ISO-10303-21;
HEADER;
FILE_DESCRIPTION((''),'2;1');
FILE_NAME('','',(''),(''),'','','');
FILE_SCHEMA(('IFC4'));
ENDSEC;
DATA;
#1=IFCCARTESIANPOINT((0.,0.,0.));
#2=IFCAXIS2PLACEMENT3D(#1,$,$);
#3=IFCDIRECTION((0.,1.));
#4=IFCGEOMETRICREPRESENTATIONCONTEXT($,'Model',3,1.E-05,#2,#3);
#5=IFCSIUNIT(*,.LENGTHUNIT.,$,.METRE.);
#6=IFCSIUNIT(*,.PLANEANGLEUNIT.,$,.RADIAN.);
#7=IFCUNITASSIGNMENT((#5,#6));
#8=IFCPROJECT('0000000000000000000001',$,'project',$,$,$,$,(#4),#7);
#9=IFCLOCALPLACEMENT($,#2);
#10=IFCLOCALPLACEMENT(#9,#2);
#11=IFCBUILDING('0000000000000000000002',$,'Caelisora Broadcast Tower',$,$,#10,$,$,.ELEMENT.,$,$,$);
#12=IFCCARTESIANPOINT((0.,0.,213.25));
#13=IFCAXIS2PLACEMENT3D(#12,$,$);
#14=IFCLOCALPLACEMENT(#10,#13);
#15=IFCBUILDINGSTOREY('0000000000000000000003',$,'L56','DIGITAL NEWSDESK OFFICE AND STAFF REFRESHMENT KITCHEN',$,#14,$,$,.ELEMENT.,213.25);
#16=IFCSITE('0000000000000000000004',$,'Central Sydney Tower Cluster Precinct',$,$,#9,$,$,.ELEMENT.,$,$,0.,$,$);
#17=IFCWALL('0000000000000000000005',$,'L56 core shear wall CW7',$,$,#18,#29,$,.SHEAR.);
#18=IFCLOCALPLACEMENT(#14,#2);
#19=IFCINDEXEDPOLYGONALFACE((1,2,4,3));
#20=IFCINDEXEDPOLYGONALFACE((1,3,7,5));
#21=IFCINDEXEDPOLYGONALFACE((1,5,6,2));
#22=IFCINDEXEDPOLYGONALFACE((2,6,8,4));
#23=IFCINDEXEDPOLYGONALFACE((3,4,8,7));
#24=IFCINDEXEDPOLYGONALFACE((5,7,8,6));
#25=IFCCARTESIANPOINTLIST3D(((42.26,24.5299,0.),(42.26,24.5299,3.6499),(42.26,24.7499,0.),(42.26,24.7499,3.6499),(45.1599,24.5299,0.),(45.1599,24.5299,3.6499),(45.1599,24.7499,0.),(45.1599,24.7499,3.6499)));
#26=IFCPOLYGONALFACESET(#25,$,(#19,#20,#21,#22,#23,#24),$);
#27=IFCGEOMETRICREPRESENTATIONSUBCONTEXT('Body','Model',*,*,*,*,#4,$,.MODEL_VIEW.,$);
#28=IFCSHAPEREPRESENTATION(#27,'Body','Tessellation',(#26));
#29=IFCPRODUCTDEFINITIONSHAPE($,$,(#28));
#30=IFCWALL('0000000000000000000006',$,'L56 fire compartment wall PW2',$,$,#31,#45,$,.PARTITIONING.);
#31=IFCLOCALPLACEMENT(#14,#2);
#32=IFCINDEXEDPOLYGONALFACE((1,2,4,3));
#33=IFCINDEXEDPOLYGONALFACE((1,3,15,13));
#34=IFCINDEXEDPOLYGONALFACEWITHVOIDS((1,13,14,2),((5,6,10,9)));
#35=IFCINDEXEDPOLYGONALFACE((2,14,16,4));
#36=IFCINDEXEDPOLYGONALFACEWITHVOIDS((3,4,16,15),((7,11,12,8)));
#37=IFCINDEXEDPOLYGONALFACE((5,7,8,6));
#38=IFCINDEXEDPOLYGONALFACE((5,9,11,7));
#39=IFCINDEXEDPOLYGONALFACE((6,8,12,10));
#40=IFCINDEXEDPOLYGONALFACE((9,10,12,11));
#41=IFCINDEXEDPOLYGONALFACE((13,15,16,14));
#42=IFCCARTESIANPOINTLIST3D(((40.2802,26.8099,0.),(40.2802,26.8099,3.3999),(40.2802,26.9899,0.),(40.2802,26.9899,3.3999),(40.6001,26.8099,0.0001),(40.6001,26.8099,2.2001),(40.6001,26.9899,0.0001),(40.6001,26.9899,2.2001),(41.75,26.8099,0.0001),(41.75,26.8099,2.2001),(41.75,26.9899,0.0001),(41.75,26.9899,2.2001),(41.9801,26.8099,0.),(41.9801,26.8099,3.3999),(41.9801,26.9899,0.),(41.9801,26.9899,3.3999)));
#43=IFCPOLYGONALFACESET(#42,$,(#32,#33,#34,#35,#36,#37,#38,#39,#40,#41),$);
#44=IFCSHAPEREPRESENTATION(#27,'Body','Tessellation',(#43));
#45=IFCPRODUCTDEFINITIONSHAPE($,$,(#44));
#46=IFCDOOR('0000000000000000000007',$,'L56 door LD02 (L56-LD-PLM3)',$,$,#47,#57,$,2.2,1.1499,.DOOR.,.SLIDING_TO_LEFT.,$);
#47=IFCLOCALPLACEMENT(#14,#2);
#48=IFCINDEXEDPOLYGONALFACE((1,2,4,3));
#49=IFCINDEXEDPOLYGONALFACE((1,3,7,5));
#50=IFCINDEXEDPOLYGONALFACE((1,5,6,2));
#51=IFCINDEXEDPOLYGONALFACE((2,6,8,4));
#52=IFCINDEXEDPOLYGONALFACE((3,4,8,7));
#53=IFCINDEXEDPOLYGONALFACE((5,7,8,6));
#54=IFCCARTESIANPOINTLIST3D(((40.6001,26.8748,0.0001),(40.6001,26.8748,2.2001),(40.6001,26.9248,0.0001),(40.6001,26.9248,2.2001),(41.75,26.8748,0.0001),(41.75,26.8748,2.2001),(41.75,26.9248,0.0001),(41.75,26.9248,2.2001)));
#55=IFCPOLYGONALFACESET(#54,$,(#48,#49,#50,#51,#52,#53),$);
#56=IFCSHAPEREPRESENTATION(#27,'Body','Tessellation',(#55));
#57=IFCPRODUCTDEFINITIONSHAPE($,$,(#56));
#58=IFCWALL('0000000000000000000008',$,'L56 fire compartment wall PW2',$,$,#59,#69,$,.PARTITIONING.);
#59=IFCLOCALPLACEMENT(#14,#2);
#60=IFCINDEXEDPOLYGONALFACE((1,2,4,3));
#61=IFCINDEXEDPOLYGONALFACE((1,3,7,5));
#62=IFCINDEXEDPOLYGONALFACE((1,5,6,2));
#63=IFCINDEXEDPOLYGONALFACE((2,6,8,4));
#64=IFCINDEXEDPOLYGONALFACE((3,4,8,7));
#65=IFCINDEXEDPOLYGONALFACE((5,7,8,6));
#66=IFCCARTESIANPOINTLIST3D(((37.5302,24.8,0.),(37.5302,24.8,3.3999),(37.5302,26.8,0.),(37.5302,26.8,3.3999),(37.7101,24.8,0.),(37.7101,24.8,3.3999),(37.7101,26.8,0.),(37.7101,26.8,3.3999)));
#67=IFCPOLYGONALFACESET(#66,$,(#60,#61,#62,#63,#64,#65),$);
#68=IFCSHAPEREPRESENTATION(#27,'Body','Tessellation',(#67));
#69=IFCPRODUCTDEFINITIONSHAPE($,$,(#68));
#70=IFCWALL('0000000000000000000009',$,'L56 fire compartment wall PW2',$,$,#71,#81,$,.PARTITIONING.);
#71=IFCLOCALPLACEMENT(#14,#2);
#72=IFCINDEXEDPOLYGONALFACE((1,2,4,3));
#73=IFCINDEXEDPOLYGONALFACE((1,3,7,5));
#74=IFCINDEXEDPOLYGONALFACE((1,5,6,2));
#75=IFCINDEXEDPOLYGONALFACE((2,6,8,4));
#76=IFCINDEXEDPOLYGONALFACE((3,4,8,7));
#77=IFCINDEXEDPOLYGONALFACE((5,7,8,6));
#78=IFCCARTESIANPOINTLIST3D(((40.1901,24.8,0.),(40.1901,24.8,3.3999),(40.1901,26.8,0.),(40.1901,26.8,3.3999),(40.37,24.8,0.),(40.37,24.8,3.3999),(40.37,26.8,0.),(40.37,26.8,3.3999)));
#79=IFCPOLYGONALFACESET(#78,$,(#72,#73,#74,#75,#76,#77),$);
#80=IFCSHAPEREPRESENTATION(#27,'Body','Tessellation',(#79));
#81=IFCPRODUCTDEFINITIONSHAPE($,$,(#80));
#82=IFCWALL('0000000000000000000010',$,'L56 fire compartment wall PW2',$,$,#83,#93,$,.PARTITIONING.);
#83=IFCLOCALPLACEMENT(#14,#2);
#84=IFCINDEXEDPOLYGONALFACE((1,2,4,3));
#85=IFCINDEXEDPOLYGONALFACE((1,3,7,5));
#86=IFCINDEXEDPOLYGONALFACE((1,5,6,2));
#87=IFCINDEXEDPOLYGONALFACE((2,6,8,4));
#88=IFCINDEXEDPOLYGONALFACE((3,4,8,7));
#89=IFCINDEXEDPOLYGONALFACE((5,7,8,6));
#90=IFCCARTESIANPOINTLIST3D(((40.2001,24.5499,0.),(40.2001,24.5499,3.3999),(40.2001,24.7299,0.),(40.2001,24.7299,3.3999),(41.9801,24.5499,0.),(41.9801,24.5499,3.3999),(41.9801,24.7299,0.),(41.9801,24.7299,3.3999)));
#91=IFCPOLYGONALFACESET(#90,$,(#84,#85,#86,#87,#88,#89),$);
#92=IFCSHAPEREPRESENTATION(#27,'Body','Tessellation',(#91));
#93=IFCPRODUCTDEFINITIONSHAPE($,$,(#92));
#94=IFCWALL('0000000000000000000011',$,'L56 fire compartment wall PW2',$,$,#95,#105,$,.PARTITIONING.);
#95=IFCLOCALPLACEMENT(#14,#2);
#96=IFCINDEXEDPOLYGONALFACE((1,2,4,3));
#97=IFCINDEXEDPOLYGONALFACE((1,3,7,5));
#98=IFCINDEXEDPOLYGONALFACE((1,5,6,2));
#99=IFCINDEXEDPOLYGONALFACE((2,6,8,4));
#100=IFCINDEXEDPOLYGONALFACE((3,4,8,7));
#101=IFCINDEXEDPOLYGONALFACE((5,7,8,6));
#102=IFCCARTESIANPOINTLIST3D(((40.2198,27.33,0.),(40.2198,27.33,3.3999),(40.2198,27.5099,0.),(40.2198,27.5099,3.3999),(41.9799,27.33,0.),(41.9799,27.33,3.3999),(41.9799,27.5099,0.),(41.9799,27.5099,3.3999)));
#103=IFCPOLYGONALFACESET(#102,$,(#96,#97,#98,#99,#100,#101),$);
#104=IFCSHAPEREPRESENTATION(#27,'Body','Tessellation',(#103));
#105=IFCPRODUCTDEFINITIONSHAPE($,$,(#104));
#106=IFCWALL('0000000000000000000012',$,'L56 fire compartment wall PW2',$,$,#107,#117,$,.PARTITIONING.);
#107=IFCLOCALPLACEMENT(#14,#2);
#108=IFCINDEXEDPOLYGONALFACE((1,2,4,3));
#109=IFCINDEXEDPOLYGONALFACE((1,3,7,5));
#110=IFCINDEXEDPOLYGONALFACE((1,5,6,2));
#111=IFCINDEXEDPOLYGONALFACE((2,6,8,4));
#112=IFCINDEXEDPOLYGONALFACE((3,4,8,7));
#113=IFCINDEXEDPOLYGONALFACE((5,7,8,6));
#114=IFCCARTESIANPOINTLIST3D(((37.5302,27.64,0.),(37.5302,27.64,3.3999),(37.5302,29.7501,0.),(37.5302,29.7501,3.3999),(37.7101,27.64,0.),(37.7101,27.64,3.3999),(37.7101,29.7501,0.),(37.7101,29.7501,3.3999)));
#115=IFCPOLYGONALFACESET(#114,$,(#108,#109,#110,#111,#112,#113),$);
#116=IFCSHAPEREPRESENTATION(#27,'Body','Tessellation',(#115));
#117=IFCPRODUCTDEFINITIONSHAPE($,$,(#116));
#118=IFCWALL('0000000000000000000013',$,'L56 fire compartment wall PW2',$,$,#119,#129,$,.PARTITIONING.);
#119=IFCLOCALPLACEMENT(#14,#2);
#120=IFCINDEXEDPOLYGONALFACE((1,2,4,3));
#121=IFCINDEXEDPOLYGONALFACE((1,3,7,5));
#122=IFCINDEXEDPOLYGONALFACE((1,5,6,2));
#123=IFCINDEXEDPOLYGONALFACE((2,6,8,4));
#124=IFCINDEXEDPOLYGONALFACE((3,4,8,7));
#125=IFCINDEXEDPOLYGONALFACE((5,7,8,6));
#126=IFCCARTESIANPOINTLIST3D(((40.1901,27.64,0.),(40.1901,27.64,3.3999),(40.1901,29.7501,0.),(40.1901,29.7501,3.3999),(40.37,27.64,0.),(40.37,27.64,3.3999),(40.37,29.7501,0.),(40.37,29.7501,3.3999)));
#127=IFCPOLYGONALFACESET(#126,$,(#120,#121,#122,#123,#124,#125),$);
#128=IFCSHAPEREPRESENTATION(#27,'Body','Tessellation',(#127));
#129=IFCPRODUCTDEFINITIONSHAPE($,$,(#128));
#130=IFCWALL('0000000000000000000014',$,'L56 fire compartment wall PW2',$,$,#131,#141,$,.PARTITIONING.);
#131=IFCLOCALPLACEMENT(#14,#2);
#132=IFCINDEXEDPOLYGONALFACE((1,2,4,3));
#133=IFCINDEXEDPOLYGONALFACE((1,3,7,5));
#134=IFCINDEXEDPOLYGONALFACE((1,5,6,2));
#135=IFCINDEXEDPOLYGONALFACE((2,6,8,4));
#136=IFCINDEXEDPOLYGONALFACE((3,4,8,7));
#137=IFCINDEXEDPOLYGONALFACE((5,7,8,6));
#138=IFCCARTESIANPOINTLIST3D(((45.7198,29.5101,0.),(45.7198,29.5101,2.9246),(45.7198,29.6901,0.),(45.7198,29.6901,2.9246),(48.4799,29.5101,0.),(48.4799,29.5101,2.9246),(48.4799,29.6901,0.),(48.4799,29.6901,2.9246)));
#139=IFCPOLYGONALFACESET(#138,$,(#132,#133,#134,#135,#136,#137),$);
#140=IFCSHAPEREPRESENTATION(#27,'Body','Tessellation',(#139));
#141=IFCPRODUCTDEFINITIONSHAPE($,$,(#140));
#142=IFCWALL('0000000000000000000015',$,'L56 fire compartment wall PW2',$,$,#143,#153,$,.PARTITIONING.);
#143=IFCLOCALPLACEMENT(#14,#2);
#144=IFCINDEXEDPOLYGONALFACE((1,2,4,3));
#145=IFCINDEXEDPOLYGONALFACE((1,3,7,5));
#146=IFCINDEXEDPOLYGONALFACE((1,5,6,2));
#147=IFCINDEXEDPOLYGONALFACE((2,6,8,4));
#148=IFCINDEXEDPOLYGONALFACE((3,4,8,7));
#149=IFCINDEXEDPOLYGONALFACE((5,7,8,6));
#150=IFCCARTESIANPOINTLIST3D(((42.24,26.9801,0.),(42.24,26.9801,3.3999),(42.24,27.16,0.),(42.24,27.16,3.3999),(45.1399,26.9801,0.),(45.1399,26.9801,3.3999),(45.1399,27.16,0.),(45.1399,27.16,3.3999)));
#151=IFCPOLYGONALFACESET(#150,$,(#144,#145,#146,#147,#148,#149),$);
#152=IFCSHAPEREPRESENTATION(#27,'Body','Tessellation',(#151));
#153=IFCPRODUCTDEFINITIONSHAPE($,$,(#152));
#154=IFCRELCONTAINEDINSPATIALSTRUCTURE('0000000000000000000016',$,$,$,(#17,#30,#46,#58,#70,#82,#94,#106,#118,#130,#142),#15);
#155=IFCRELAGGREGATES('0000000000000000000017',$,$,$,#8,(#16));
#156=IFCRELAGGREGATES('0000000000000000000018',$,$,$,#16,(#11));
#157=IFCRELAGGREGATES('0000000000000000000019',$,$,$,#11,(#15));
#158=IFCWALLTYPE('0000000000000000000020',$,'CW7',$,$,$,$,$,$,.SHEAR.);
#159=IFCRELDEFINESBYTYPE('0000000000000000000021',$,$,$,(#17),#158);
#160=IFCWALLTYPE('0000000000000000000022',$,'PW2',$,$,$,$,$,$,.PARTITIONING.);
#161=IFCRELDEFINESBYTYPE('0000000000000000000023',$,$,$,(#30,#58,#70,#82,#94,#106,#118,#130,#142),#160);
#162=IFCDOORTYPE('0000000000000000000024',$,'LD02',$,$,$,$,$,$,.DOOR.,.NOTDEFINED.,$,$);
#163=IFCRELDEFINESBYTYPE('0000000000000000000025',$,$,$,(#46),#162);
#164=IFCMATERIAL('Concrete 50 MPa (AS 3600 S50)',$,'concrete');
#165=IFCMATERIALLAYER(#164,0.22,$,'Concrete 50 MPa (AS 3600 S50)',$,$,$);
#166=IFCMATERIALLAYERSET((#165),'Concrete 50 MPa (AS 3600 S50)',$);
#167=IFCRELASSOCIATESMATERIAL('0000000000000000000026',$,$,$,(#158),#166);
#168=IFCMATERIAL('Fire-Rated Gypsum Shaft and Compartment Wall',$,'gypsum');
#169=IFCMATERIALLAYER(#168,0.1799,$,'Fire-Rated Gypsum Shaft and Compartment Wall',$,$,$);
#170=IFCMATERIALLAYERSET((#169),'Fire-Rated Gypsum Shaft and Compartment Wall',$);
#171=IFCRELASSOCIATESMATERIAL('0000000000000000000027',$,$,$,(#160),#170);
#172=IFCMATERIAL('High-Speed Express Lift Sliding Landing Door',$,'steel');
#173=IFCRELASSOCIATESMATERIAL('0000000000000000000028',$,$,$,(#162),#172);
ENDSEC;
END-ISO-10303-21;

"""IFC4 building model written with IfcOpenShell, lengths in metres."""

from ifc_helpers import new_model, si_unit, direction, frame, frame_2d, origin, place, context, subcontext, project, spatial, rectangle, extrude, material, layer, layer_set, type_object, element, fill, save


model = new_model("IFC4")

# Units and contexts
model_context = context("Model", 3, precision=1e-05, world=origin(), true_north=direction((0.0, 1.0)))
body_context = subcontext(model_context, "Body", "Model", "MODEL_VIEW")
ifc_project = project(units=[si_unit("LENGTHUNIT", "METRE"), si_unit("PLANEANGLEUNIT", "RADIAN")], contexts=[model_context])

# Site, building, storey
site_placement = place(None, origin())
site = spatial("IfcSite", under=ifc_project, at=site_placement, Name="Central Sydney Tower Cluster Precinct", CompositionType="ELEMENT", RefElevation=0.0)
building_placement = place(site_placement, origin())
building = spatial("IfcBuilding", under=site, at=building_placement, Name="Caelisora Broadcast Tower", CompositionType="ELEMENT")
storey_placement = place(building_placement, frame((0.0, 0.0, 213.25)))
storey = spatial("IfcBuildingStorey", under=building, at=storey_placement, Name="L56", Description="DIGITAL NEWSDESK OFFICE AND STAFF REFRESHMENT KITCHEN", CompositionType="ELEMENT", Elevation=213.25)

# Shared definitions
ifc_material_1 = material(Name="Concrete 50 MPa (AS 3600 S50)", Category="concrete")

# Wall
ifc_layer_1 = layer(ifc_material_1, 0.22, Name="Concrete 50 MPa (AS 3600 S50)")
ifc_layer_set_1 = layer_set([ifc_layer_1], Name="Concrete 50 MPa (AS 3600 S50)")
wall_type_1 = type_object("IfcWallType", Name="CW7", PredefinedType="SHEAR", material=ifc_layer_set_1)
wall_1_placement = place(storey_placement, frame((42.26, 24.6399, 0.0), z_axis=(0.0, 0.0, 1.0), x_axis=(1.0, 0.0, 0.0)))
element("IfcWall", 1, at=wall_1_placement, inside=storey, type_object=wall_type_1, Name="L56 core shear wall CW7", PredefinedType="SHEAR", context=body_context, shape_type="SweptSolid", body=[
    extrude(rectangle(XDim=2.8999, YDim=0.22, at=frame_2d((1.45, 0.0))), origin(), (0.0, 0.0, 1.0), 3.6499),
])

# Wall, opening, door
ifc_material_2 = material(Name="Fire-Rated Gypsum Shaft and Compartment Wall", Category="gypsum")
ifc_layer_2 = layer(ifc_material_2, 0.1799, Name="Fire-Rated Gypsum Shaft and Compartment Wall")
ifc_layer_set_2 = layer_set([ifc_layer_2], Name="Fire-Rated Gypsum Shaft and Compartment Wall")
wall_type_2 = type_object("IfcWallType", Name="PW2", PredefinedType="PARTITIONING", material=ifc_layer_set_2)
wall_2_placement = place(storey_placement, frame((40.28, 26.8999, 0.0), z_axis=(0.0, 0.0, 1.0), x_axis=(1.0, 0.0, 0.0)))
wall_2 = element("IfcWall", 2, at=wall_2_placement, inside=storey, type_object=wall_type_2, Name="L56 fire compartment wall PW2", PredefinedType="PARTITIONING", context=body_context, shape_type="SweptSolid", body=[
    extrude(rectangle(XDim=1.7, YDim=0.1799, at=frame_2d((0.8501, 0.0))), origin(), (0.0, 0.0, 1.0), 3.3999),
])
opening_placement = place(wall_2_placement, frame((0.3201, 0.0, 0.0)))
opening = element("IfcOpeningElement", 3, at=opening_placement, cuts=wall_2, PredefinedType="OPENING", context=body_context, shape_type="SweptSolid", body=[
    extrude(rectangle(XDim=1.1499, YDim=2.2, at=frame_2d((0.575, 1.1001))), frame((0.0, 0.1021, 0.0), z_axis=(0.0, -1.0, 0.0), x_axis=(1.0, 0.0, 0.0)), (0.0, 0.0, 1.0), 0.2039),
])
ifc_material_3 = material(Name="High-Speed Express Lift Sliding Landing Door", Category="steel")
door_type = type_object("IfcDoorType", Name="LD02", OperationType="NOTDEFINED", PredefinedType="DOOR", material=ifc_material_3)
door_placement = place(opening_placement, origin())
door = element("IfcDoor", 4, at=door_placement, inside=storey, type_object=door_type, Name="L56 door LD02 (L56-LD-PLM3)", OperationType="SLIDING_TO_LEFT", OverallHeight=2.2, OverallWidth=1.1499, PredefinedType="DOOR", context=body_context, shape_type="SweptSolid", body=[
    extrude(rectangle(XDim=1.1499, YDim=2.2, at=frame_2d((0.575, 1.1001))), frame((0.0, 0.0249, 0.0), z_axis=(0.0, -1.0, 0.0), x_axis=(1.0, 0.0, 0.0)), (0.0, 0.0, 1.0), 0.05),
])
fill(opening, door)

# Walls
for number, where, z_axis, x_axis, name in (
    (5, (37.6201, 24.8, 0.0), (0.0, 0.0, 1.0), (0.0, 1.0, 0.0), "L56 fire compartment wall PW2"),
    (6, (40.28, 24.8, 0.0), (0.0, 0.0, 1.0), (0.0, 1.0, 0.0), "L56 fire compartment wall PW2"),
):
    element("IfcWall", number, at=place(storey_placement, frame(where, z_axis=z_axis, x_axis=x_axis)), inside=storey, type_object=wall_type_2, Name=name, PredefinedType="PARTITIONING", context=body_context, shape_type="SweptSolid", body=[
        extrude(rectangle(XDim=2.0, YDim=0.1799, at=frame_2d((1.0, 0.0))), origin(), (0.0, 0.0, 1.0), 3.3999),
    ])
wall_3_placement = place(storey_placement, frame((40.2, 24.6399, 0.0), z_axis=(0.0, 0.0, 1.0), x_axis=(1.0, 0.0, 0.0)))
element("IfcWall", 7, at=wall_3_placement, inside=storey, type_object=wall_type_2, Name="L56 fire compartment wall PW2", PredefinedType="PARTITIONING", context=body_context, shape_type="SweptSolid", body=[
    extrude(rectangle(XDim=1.78, YDim=0.1799, at=frame_2d((0.8901, 0.0))), origin(), (0.0, 0.0, 1.0), 3.3999),
])
wall_4_placement = place(storey_placement, frame((40.22, 27.4199, 0.0), z_axis=(0.0, 0.0, 1.0), x_axis=(1.0, 0.0, 0.0)))
element("IfcWall", 8, at=wall_4_placement, inside=storey, type_object=wall_type_2, Name="L56 fire compartment wall PW2", PredefinedType="PARTITIONING", context=body_context, shape_type="SweptSolid", body=[
    extrude(rectangle(XDim=1.76, YDim=0.1799, at=frame_2d((0.8799, 0.0))), origin(), (0.0, 0.0, 1.0), 3.3999),
])
for number, where, z_axis, x_axis, name in (
    (9, (37.6201, 27.6399, 0.0), (0.0, 0.0, 1.0), (0.0, 1.0, 0.0), "L56 fire compartment wall PW2"),
    (10, (40.28, 27.6399, 0.0), (0.0, 0.0, 1.0), (0.0, 1.0, 0.0), "L56 fire compartment wall PW2"),
):
    element("IfcWall", number, at=place(storey_placement, frame(where, z_axis=z_axis, x_axis=x_axis)), inside=storey, type_object=wall_type_2, Name=name, PredefinedType="PARTITIONING", context=body_context, shape_type="SweptSolid", body=[
        extrude(rectangle(XDim=2.1101, YDim=0.1799, at=frame_2d((1.0552, 0.0))), origin(), (0.0, 0.0, 1.0), 3.3999),
    ])
wall_5_placement = place(storey_placement, frame((45.72, 29.6001, 0.0), z_axis=(0.0, 0.0, 1.0), x_axis=(1.0, 0.0, 0.0)))
element("IfcWall", 11, at=wall_5_placement, inside=storey, type_object=wall_type_2, Name="L56 fire compartment wall PW2", PredefinedType="PARTITIONING", context=body_context, shape_type="SweptSolid", body=[
    extrude(rectangle(XDim=2.76, YDim=0.1799, at=frame_2d((1.3799, 0.0))), origin(), (0.0, 0.0, 1.0), 2.9246),
])
wall_6_placement = place(storey_placement, frame((42.24, 27.0701, 0.0), z_axis=(0.0, 0.0, 1.0), x_axis=(1.0, 0.0, 0.0)))
element("IfcWall", 12, at=wall_6_placement, inside=storey, type_object=wall_type_2, Name="L56 fire compartment wall PW2", PredefinedType="PARTITIONING", context=body_context, shape_type="SweptSolid", body=[
    extrude(rectangle(XDim=2.8999, YDim=0.1799, at=frame_2d((1.45, 0.0))), origin(), (0.0, 0.0, 1.0), 3.3999),
])

save(model, "model.ifc")
